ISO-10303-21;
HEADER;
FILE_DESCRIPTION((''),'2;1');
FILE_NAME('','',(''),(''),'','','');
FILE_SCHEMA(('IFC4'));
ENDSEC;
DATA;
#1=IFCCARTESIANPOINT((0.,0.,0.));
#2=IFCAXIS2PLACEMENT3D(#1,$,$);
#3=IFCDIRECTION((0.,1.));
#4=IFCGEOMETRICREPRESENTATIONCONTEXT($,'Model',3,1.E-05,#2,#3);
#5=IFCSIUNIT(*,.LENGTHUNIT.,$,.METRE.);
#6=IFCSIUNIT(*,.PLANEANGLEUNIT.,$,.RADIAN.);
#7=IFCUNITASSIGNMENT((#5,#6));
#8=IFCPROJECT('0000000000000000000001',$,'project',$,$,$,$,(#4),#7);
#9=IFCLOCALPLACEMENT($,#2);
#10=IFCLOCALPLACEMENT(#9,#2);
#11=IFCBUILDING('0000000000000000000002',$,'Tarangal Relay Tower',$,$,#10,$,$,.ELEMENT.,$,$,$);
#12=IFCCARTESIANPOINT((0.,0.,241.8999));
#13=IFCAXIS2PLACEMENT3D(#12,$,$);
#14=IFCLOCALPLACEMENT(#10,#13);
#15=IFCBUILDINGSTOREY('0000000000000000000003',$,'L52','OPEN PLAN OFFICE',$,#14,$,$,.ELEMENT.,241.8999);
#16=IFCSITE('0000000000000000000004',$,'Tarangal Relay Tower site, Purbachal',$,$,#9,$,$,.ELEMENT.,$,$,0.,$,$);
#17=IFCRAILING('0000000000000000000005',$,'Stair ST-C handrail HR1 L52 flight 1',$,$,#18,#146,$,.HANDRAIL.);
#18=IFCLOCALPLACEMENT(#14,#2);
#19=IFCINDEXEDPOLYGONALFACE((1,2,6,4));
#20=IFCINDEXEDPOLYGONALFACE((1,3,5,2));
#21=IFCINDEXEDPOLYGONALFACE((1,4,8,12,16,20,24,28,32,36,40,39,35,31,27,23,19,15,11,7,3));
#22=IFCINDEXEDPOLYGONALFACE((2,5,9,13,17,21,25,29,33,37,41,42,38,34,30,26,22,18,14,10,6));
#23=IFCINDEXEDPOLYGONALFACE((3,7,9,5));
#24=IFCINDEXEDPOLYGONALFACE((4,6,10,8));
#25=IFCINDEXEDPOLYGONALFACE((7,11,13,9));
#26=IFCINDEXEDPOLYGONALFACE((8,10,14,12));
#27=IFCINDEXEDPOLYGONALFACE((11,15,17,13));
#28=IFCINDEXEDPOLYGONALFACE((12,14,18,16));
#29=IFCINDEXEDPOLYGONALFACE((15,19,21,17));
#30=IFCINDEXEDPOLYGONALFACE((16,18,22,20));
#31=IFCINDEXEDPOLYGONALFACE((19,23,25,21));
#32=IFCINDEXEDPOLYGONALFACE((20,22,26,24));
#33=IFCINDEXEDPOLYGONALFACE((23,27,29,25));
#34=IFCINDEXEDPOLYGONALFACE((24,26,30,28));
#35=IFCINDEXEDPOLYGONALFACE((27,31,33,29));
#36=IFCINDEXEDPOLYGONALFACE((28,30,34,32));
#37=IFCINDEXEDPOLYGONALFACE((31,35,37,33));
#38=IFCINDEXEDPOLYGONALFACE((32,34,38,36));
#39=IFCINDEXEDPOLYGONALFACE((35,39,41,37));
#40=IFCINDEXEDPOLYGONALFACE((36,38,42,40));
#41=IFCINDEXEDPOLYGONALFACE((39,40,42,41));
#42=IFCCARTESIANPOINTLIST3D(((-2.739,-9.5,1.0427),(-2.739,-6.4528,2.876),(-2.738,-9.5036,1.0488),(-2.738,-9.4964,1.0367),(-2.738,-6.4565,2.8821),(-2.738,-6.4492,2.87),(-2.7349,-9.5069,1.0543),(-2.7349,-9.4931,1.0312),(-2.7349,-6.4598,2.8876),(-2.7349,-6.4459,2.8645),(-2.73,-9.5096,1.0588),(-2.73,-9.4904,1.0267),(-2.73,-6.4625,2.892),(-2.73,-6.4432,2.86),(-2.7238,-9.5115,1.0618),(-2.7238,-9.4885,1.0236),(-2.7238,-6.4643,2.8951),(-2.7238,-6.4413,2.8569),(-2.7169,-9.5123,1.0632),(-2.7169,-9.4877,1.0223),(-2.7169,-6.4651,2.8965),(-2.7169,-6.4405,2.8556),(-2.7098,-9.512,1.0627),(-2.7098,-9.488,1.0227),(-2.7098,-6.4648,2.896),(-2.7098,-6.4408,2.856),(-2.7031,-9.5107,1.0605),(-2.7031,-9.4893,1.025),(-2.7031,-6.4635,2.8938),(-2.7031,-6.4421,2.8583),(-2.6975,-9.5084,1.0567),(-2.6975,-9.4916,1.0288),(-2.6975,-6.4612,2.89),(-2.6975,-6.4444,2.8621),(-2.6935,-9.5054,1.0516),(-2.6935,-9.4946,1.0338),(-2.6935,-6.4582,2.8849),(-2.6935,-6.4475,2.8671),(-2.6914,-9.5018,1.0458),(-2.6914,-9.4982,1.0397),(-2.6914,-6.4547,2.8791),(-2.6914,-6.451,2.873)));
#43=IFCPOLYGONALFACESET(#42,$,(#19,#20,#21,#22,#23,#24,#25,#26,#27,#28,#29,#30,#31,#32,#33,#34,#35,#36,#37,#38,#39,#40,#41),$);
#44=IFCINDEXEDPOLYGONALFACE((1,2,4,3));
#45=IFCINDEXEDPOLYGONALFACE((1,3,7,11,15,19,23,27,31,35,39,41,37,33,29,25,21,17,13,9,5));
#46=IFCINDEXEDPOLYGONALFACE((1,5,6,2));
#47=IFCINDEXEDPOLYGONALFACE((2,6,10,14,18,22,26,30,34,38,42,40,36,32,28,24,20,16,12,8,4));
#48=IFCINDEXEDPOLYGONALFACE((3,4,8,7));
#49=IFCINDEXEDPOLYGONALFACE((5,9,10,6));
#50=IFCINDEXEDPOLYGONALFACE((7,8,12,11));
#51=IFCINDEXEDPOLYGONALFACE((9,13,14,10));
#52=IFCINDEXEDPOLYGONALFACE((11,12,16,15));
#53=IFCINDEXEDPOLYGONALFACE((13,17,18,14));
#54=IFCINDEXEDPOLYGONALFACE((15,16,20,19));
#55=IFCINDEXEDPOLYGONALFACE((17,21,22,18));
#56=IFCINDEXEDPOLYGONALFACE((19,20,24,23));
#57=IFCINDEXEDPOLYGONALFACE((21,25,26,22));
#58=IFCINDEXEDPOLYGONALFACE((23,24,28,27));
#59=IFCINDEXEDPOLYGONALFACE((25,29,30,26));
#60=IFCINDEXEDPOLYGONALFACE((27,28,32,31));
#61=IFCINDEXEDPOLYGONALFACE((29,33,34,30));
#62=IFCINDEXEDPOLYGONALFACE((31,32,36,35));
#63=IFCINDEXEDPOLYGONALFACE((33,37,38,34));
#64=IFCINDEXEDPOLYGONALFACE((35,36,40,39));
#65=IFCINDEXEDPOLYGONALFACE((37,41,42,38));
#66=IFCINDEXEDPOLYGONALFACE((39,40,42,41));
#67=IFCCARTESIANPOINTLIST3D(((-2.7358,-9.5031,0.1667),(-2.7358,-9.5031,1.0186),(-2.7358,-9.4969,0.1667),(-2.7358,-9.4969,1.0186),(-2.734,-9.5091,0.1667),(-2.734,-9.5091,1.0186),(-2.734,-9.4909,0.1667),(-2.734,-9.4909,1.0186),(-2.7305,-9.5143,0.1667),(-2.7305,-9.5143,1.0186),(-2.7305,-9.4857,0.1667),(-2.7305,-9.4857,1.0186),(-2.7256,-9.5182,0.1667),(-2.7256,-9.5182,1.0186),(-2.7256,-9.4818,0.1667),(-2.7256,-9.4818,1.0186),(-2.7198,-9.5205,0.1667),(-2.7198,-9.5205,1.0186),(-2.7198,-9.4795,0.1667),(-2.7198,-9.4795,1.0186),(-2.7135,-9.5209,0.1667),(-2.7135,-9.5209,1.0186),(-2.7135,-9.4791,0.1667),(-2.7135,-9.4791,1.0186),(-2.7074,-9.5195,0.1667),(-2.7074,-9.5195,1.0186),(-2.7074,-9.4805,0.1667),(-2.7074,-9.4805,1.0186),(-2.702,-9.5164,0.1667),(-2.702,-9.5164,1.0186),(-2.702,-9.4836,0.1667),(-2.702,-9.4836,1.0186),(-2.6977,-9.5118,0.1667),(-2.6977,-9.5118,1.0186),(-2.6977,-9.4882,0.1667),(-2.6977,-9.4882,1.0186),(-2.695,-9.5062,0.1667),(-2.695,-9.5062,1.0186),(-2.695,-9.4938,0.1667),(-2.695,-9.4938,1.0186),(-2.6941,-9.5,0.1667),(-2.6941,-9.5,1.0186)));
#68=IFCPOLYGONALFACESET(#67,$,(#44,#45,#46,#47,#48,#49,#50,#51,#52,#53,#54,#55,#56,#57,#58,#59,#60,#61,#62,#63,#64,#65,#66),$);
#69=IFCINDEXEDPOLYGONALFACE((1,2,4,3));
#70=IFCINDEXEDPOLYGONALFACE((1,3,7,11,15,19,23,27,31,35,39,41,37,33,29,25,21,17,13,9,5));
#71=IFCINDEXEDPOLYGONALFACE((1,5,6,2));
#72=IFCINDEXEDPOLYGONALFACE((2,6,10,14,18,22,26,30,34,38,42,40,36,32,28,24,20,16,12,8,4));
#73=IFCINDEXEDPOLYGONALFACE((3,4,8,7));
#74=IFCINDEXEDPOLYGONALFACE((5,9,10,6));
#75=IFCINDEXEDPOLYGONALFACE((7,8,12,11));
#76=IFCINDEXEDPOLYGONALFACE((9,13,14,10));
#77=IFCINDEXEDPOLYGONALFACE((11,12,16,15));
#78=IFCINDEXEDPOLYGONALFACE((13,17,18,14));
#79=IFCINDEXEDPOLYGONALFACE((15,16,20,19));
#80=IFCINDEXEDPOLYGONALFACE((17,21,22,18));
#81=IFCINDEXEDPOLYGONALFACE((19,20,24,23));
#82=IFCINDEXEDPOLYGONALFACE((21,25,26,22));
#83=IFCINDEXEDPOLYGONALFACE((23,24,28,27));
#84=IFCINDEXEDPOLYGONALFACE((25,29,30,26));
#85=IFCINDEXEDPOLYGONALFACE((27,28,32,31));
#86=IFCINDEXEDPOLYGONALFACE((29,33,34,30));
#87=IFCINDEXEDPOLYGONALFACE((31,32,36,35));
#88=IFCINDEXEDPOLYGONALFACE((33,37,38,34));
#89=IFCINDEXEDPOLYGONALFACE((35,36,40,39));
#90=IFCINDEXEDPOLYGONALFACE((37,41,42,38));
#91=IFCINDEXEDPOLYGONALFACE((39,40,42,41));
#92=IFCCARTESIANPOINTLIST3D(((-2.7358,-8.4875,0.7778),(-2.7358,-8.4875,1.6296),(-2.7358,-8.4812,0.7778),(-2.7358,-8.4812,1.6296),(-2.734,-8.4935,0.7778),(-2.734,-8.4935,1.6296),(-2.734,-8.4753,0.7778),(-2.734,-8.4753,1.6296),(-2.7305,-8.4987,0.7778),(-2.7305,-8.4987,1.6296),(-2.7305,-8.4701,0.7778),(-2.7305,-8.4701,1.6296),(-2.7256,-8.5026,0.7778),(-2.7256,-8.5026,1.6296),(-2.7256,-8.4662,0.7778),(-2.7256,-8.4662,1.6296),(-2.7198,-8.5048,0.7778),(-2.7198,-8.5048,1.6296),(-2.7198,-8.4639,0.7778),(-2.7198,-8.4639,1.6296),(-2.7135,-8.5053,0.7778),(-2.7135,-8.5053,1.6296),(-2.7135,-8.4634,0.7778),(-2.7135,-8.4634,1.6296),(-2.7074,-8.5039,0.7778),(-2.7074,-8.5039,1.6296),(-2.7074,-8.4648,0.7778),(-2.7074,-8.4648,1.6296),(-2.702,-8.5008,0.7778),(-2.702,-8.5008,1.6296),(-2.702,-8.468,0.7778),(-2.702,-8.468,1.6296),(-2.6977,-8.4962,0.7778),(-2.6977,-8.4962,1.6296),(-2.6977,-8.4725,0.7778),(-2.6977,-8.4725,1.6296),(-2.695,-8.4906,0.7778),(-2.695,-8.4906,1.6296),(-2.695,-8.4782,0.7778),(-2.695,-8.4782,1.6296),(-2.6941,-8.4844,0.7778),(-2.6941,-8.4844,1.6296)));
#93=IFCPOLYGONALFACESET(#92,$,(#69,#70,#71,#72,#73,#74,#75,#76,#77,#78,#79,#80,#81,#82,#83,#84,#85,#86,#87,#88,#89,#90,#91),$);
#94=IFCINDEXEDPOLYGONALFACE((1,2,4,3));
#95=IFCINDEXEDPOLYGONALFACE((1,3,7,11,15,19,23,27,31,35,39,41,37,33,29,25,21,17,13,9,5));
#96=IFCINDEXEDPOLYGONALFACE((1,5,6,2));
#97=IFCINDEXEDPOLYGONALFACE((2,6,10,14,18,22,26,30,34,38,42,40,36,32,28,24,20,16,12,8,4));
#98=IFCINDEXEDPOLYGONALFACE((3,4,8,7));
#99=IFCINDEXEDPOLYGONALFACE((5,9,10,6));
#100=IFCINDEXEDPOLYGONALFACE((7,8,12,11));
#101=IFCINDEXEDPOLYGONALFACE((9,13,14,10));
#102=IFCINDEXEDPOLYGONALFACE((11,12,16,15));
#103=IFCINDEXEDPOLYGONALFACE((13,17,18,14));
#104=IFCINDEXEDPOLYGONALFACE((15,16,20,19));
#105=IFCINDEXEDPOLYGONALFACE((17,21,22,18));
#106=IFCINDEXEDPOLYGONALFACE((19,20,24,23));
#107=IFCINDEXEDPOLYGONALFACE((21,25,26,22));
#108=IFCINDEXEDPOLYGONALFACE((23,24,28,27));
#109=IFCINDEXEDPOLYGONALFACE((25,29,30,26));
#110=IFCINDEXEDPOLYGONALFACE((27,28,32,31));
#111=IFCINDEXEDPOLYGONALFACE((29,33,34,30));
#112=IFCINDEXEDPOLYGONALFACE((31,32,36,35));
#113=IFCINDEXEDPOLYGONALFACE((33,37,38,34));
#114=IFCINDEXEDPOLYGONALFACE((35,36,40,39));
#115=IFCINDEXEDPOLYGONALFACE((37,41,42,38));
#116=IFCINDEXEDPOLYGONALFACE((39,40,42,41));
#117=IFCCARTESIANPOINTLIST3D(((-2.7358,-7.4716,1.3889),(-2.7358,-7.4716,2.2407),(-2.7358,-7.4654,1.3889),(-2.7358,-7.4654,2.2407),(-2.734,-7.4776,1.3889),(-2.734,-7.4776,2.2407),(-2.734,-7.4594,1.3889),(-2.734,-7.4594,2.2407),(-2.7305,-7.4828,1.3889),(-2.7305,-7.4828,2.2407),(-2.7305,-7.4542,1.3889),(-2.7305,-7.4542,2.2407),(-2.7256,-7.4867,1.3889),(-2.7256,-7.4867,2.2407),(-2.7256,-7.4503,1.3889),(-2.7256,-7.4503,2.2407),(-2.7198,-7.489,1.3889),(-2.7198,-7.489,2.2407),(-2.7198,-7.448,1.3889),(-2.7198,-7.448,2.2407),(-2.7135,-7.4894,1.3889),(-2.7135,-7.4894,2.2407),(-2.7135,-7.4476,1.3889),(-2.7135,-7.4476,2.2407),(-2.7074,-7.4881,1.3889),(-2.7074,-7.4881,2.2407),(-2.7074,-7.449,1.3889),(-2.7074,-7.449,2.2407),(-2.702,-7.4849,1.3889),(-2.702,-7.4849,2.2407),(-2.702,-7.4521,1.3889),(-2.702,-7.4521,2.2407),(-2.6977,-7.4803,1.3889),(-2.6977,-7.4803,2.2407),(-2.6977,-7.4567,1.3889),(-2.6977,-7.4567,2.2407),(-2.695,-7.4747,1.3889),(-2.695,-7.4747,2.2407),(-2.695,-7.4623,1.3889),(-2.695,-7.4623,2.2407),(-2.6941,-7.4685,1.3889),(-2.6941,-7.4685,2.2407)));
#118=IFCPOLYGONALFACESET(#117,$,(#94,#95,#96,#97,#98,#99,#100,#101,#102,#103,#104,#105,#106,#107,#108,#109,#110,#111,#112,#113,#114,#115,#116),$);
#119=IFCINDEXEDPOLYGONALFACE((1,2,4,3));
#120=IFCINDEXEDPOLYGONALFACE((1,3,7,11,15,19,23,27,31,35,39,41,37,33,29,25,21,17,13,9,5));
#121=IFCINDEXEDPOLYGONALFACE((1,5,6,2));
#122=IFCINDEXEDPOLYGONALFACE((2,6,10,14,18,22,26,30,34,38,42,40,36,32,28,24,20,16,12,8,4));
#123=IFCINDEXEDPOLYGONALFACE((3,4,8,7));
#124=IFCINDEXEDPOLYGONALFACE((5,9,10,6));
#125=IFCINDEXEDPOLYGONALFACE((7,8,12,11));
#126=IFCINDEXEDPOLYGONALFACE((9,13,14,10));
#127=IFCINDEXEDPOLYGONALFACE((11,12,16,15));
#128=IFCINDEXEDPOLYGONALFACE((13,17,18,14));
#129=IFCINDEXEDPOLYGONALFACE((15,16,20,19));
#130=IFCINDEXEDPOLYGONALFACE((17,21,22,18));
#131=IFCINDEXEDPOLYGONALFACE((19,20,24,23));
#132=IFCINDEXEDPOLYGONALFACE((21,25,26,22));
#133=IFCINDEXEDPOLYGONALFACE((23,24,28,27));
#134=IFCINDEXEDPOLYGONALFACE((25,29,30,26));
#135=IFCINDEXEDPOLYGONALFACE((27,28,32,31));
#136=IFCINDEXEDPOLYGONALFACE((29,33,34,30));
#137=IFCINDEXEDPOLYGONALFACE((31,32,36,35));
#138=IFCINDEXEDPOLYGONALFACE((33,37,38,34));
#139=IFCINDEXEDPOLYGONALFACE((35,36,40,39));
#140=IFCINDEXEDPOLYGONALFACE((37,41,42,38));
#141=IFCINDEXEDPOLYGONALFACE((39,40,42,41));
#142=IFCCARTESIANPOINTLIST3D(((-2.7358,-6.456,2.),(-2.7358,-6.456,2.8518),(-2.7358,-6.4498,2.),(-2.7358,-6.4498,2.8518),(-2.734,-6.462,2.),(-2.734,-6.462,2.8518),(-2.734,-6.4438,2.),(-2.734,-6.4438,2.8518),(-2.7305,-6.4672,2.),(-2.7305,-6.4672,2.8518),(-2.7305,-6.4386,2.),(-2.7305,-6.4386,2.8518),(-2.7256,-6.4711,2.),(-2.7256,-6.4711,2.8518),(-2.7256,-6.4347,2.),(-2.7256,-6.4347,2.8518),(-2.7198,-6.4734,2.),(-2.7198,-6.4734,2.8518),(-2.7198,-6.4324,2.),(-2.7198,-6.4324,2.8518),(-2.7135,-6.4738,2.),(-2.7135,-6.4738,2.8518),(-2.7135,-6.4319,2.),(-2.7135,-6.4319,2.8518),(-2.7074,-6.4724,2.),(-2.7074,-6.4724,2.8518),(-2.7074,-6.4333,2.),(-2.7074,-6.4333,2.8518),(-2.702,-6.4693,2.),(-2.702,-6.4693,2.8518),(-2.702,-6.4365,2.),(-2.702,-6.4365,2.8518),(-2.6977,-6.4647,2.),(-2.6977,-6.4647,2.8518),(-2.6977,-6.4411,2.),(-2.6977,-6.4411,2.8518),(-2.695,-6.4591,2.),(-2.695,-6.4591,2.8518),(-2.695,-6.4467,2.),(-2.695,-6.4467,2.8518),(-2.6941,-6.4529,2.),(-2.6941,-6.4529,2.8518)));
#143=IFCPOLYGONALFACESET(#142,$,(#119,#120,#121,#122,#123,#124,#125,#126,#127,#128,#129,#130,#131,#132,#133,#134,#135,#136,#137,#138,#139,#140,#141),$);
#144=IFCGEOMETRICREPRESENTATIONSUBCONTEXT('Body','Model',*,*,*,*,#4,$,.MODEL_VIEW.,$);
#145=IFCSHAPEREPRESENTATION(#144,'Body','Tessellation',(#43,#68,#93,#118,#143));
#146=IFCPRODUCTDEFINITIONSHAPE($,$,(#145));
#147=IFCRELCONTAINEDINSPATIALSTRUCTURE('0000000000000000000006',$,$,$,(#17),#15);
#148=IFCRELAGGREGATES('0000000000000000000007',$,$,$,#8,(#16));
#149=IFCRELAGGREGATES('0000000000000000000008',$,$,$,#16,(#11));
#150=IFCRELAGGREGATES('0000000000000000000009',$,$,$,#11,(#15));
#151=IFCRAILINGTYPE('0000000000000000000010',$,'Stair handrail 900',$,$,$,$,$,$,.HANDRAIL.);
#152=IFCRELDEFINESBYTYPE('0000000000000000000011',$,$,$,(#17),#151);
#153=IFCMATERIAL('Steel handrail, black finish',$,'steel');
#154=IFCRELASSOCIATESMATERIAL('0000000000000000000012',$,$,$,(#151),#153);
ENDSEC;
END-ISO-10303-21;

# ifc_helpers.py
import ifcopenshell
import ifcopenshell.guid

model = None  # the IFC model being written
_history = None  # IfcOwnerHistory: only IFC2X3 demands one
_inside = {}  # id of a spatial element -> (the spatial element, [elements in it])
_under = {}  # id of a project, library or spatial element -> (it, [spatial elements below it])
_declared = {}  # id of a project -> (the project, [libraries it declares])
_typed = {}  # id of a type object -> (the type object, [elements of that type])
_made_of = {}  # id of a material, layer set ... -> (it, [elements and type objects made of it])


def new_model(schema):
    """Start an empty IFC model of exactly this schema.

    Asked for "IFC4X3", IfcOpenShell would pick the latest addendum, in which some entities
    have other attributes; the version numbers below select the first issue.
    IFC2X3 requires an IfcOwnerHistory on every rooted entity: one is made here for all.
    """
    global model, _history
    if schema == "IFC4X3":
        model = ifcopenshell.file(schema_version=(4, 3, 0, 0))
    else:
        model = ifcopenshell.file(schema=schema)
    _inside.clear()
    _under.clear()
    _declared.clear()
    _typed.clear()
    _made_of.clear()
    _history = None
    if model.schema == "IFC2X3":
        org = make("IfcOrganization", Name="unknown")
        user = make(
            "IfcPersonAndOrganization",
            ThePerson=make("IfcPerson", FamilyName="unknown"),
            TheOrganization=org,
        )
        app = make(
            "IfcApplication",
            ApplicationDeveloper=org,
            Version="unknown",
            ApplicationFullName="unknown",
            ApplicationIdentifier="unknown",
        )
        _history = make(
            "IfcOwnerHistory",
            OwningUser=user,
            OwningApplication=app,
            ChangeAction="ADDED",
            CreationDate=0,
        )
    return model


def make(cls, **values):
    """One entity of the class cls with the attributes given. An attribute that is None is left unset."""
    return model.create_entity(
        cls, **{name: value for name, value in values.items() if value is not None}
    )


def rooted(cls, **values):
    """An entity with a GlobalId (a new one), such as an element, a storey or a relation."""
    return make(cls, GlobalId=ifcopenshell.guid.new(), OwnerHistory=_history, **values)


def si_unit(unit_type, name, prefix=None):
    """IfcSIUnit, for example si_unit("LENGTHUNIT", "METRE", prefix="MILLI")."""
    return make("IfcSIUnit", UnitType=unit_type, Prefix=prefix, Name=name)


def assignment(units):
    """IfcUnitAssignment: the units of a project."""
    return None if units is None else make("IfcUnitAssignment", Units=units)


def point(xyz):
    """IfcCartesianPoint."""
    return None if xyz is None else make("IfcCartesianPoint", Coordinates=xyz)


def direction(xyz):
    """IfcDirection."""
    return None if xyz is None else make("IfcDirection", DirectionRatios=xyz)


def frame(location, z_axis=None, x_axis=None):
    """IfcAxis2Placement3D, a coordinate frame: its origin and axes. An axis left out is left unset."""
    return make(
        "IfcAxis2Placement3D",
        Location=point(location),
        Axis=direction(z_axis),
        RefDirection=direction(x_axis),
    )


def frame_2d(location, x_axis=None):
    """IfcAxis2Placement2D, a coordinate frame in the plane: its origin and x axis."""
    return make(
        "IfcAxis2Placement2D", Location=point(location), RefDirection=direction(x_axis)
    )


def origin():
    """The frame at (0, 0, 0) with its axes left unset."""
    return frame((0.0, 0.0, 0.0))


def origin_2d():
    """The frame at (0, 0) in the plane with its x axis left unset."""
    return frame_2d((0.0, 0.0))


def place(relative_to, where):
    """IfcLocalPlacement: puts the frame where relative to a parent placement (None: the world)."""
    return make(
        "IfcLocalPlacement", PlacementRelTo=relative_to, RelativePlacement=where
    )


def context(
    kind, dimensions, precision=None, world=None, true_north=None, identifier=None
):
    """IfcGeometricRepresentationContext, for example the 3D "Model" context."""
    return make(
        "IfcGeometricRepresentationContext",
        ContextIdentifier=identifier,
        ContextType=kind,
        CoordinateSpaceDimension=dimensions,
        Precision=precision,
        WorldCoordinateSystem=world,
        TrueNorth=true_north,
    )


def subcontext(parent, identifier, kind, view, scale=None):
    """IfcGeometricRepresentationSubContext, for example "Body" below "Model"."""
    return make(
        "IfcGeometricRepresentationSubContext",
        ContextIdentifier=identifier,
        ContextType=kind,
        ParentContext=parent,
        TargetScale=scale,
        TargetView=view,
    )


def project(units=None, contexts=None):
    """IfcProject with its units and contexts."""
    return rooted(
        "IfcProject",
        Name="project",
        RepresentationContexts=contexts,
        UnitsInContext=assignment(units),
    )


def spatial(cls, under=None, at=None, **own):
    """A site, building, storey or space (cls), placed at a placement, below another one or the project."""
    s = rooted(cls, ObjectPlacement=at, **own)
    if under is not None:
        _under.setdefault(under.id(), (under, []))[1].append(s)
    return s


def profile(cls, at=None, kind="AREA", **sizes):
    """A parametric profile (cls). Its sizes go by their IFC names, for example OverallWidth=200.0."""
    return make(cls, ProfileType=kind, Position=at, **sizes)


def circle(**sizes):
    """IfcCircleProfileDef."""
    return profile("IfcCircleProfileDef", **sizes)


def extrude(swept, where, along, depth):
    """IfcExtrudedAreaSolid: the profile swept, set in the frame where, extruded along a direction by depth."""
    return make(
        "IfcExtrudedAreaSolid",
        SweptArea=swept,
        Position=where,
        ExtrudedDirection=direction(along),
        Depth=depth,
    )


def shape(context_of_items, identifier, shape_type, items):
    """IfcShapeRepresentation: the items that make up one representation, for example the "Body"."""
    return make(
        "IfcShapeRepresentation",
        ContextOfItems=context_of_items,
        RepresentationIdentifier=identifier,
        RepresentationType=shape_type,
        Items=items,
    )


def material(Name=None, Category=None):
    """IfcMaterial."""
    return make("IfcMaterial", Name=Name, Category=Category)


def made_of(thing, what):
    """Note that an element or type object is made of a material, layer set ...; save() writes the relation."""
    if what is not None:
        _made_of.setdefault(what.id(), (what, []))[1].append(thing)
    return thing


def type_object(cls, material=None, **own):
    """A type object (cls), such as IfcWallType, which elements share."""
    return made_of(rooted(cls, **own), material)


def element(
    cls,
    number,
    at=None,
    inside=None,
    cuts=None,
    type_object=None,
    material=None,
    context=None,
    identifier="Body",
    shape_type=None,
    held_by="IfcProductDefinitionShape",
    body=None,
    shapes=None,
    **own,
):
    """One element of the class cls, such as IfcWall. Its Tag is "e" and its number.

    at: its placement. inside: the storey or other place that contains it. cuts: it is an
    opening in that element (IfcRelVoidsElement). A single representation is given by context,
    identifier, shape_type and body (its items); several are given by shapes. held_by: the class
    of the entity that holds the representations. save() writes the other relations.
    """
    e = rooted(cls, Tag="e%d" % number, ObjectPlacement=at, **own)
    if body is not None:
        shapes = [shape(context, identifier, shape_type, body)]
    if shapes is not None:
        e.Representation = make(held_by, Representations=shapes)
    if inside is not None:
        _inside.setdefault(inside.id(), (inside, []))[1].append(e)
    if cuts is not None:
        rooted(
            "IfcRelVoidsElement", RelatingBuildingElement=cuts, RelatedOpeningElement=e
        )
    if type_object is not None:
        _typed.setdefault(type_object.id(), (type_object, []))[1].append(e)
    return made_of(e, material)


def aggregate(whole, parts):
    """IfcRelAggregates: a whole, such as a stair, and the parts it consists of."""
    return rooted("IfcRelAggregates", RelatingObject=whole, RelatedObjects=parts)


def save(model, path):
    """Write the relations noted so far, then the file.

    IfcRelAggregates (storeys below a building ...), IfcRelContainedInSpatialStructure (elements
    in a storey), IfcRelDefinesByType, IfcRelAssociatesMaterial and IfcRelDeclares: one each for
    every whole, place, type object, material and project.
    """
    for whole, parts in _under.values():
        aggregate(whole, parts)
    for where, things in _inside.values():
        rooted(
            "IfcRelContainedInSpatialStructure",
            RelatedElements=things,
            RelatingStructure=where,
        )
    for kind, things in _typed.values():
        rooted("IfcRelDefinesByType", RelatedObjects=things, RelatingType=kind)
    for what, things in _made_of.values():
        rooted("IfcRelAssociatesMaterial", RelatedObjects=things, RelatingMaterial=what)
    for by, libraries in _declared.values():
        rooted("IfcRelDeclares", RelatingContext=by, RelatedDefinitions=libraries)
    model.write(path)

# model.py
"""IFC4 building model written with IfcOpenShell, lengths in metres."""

from ifc_helpers import new_model, si_unit, direction, frame, origin, origin_2d, place, context, subcontext, project, spatial, circle, extrude, material, type_object, element, save


model = new_model("IFC4")

# Units and contexts
model_context = context("Model", 3, precision=1e-05, world=origin(), true_north=direction((0.0, 1.0)))
body_context = subcontext(model_context, "Body", "Model", "MODEL_VIEW")
ifc_project = project(units=[si_unit("LENGTHUNIT", "METRE"), si_unit("PLANEANGLEUNIT", "RADIAN")], contexts=[model_context])

# Site, building, storey
site_placement = place(None, origin())
site = spatial("IfcSite", under=ifc_project, at=site_placement, Name="Tarangal Relay Tower site, Purbachal", CompositionType="ELEMENT", RefElevation=0.0)
building_placement = place(site_placement, origin())
building = spatial("IfcBuilding", under=site, at=building_placement, Name="Tarangal Relay Tower", CompositionType="ELEMENT")
storey_placement = place(building_placement, frame((0.0, 0.0, 241.8999)))
storey = spatial("IfcBuildingStorey", under=building, at=storey_placement, Name="L52", Description="OPEN PLAN OFFICE", CompositionType="ELEMENT", Elevation=241.8999)

# Railing
ifc_material_1 = material(Name="Steel handrail, black finish", Category="steel")
railing_type_1 = type_object("IfcRailingType", Name="Stair handrail 900", PredefinedType="HANDRAIL", material=ifc_material_1)
railing_1_placement = place(storey_placement, frame((-2.7151, -9.5, 0.1667)))
element("IfcRailing", 1, at=railing_1_placement, inside=storey, type_object=railing_type_1, Name="Stair ST-C handrail HR1 L52 flight 1", PredefinedType="HANDRAIL", context=body_context, shape_type="SweptSolid", body=[
    extrude(circle(Radius=0.0239, at=origin_2d()), frame((0.0, 0.0, 0.876), z_axis=(0.0, 0.856874, 0.515525), x_axis=(-1.0, 0.0, 0.0)), (0.0, 0.0, 1.0), 3.5562),
    extrude(circle(Radius=0.021, at=origin_2d()), origin(), (0.0, 0.0, 1.0), 0.8518),
    extrude(circle(Radius=0.021, at=origin_2d()), frame((0.0, 1.0156, 0.6111)), (0.0, 0.0, 1.0), 0.8518),
    extrude(circle(Radius=0.021, at=origin_2d()), frame((0.0, 2.0315, 1.2222)), (0.0, 0.0, 1.0), 0.8518),
    extrude(circle(Radius=0.021, at=origin_2d()), frame((0.0, 3.0471, 1.8333)), (0.0, 0.0, 1.0), 0.8518),
])

save(model, "model.ifc")
